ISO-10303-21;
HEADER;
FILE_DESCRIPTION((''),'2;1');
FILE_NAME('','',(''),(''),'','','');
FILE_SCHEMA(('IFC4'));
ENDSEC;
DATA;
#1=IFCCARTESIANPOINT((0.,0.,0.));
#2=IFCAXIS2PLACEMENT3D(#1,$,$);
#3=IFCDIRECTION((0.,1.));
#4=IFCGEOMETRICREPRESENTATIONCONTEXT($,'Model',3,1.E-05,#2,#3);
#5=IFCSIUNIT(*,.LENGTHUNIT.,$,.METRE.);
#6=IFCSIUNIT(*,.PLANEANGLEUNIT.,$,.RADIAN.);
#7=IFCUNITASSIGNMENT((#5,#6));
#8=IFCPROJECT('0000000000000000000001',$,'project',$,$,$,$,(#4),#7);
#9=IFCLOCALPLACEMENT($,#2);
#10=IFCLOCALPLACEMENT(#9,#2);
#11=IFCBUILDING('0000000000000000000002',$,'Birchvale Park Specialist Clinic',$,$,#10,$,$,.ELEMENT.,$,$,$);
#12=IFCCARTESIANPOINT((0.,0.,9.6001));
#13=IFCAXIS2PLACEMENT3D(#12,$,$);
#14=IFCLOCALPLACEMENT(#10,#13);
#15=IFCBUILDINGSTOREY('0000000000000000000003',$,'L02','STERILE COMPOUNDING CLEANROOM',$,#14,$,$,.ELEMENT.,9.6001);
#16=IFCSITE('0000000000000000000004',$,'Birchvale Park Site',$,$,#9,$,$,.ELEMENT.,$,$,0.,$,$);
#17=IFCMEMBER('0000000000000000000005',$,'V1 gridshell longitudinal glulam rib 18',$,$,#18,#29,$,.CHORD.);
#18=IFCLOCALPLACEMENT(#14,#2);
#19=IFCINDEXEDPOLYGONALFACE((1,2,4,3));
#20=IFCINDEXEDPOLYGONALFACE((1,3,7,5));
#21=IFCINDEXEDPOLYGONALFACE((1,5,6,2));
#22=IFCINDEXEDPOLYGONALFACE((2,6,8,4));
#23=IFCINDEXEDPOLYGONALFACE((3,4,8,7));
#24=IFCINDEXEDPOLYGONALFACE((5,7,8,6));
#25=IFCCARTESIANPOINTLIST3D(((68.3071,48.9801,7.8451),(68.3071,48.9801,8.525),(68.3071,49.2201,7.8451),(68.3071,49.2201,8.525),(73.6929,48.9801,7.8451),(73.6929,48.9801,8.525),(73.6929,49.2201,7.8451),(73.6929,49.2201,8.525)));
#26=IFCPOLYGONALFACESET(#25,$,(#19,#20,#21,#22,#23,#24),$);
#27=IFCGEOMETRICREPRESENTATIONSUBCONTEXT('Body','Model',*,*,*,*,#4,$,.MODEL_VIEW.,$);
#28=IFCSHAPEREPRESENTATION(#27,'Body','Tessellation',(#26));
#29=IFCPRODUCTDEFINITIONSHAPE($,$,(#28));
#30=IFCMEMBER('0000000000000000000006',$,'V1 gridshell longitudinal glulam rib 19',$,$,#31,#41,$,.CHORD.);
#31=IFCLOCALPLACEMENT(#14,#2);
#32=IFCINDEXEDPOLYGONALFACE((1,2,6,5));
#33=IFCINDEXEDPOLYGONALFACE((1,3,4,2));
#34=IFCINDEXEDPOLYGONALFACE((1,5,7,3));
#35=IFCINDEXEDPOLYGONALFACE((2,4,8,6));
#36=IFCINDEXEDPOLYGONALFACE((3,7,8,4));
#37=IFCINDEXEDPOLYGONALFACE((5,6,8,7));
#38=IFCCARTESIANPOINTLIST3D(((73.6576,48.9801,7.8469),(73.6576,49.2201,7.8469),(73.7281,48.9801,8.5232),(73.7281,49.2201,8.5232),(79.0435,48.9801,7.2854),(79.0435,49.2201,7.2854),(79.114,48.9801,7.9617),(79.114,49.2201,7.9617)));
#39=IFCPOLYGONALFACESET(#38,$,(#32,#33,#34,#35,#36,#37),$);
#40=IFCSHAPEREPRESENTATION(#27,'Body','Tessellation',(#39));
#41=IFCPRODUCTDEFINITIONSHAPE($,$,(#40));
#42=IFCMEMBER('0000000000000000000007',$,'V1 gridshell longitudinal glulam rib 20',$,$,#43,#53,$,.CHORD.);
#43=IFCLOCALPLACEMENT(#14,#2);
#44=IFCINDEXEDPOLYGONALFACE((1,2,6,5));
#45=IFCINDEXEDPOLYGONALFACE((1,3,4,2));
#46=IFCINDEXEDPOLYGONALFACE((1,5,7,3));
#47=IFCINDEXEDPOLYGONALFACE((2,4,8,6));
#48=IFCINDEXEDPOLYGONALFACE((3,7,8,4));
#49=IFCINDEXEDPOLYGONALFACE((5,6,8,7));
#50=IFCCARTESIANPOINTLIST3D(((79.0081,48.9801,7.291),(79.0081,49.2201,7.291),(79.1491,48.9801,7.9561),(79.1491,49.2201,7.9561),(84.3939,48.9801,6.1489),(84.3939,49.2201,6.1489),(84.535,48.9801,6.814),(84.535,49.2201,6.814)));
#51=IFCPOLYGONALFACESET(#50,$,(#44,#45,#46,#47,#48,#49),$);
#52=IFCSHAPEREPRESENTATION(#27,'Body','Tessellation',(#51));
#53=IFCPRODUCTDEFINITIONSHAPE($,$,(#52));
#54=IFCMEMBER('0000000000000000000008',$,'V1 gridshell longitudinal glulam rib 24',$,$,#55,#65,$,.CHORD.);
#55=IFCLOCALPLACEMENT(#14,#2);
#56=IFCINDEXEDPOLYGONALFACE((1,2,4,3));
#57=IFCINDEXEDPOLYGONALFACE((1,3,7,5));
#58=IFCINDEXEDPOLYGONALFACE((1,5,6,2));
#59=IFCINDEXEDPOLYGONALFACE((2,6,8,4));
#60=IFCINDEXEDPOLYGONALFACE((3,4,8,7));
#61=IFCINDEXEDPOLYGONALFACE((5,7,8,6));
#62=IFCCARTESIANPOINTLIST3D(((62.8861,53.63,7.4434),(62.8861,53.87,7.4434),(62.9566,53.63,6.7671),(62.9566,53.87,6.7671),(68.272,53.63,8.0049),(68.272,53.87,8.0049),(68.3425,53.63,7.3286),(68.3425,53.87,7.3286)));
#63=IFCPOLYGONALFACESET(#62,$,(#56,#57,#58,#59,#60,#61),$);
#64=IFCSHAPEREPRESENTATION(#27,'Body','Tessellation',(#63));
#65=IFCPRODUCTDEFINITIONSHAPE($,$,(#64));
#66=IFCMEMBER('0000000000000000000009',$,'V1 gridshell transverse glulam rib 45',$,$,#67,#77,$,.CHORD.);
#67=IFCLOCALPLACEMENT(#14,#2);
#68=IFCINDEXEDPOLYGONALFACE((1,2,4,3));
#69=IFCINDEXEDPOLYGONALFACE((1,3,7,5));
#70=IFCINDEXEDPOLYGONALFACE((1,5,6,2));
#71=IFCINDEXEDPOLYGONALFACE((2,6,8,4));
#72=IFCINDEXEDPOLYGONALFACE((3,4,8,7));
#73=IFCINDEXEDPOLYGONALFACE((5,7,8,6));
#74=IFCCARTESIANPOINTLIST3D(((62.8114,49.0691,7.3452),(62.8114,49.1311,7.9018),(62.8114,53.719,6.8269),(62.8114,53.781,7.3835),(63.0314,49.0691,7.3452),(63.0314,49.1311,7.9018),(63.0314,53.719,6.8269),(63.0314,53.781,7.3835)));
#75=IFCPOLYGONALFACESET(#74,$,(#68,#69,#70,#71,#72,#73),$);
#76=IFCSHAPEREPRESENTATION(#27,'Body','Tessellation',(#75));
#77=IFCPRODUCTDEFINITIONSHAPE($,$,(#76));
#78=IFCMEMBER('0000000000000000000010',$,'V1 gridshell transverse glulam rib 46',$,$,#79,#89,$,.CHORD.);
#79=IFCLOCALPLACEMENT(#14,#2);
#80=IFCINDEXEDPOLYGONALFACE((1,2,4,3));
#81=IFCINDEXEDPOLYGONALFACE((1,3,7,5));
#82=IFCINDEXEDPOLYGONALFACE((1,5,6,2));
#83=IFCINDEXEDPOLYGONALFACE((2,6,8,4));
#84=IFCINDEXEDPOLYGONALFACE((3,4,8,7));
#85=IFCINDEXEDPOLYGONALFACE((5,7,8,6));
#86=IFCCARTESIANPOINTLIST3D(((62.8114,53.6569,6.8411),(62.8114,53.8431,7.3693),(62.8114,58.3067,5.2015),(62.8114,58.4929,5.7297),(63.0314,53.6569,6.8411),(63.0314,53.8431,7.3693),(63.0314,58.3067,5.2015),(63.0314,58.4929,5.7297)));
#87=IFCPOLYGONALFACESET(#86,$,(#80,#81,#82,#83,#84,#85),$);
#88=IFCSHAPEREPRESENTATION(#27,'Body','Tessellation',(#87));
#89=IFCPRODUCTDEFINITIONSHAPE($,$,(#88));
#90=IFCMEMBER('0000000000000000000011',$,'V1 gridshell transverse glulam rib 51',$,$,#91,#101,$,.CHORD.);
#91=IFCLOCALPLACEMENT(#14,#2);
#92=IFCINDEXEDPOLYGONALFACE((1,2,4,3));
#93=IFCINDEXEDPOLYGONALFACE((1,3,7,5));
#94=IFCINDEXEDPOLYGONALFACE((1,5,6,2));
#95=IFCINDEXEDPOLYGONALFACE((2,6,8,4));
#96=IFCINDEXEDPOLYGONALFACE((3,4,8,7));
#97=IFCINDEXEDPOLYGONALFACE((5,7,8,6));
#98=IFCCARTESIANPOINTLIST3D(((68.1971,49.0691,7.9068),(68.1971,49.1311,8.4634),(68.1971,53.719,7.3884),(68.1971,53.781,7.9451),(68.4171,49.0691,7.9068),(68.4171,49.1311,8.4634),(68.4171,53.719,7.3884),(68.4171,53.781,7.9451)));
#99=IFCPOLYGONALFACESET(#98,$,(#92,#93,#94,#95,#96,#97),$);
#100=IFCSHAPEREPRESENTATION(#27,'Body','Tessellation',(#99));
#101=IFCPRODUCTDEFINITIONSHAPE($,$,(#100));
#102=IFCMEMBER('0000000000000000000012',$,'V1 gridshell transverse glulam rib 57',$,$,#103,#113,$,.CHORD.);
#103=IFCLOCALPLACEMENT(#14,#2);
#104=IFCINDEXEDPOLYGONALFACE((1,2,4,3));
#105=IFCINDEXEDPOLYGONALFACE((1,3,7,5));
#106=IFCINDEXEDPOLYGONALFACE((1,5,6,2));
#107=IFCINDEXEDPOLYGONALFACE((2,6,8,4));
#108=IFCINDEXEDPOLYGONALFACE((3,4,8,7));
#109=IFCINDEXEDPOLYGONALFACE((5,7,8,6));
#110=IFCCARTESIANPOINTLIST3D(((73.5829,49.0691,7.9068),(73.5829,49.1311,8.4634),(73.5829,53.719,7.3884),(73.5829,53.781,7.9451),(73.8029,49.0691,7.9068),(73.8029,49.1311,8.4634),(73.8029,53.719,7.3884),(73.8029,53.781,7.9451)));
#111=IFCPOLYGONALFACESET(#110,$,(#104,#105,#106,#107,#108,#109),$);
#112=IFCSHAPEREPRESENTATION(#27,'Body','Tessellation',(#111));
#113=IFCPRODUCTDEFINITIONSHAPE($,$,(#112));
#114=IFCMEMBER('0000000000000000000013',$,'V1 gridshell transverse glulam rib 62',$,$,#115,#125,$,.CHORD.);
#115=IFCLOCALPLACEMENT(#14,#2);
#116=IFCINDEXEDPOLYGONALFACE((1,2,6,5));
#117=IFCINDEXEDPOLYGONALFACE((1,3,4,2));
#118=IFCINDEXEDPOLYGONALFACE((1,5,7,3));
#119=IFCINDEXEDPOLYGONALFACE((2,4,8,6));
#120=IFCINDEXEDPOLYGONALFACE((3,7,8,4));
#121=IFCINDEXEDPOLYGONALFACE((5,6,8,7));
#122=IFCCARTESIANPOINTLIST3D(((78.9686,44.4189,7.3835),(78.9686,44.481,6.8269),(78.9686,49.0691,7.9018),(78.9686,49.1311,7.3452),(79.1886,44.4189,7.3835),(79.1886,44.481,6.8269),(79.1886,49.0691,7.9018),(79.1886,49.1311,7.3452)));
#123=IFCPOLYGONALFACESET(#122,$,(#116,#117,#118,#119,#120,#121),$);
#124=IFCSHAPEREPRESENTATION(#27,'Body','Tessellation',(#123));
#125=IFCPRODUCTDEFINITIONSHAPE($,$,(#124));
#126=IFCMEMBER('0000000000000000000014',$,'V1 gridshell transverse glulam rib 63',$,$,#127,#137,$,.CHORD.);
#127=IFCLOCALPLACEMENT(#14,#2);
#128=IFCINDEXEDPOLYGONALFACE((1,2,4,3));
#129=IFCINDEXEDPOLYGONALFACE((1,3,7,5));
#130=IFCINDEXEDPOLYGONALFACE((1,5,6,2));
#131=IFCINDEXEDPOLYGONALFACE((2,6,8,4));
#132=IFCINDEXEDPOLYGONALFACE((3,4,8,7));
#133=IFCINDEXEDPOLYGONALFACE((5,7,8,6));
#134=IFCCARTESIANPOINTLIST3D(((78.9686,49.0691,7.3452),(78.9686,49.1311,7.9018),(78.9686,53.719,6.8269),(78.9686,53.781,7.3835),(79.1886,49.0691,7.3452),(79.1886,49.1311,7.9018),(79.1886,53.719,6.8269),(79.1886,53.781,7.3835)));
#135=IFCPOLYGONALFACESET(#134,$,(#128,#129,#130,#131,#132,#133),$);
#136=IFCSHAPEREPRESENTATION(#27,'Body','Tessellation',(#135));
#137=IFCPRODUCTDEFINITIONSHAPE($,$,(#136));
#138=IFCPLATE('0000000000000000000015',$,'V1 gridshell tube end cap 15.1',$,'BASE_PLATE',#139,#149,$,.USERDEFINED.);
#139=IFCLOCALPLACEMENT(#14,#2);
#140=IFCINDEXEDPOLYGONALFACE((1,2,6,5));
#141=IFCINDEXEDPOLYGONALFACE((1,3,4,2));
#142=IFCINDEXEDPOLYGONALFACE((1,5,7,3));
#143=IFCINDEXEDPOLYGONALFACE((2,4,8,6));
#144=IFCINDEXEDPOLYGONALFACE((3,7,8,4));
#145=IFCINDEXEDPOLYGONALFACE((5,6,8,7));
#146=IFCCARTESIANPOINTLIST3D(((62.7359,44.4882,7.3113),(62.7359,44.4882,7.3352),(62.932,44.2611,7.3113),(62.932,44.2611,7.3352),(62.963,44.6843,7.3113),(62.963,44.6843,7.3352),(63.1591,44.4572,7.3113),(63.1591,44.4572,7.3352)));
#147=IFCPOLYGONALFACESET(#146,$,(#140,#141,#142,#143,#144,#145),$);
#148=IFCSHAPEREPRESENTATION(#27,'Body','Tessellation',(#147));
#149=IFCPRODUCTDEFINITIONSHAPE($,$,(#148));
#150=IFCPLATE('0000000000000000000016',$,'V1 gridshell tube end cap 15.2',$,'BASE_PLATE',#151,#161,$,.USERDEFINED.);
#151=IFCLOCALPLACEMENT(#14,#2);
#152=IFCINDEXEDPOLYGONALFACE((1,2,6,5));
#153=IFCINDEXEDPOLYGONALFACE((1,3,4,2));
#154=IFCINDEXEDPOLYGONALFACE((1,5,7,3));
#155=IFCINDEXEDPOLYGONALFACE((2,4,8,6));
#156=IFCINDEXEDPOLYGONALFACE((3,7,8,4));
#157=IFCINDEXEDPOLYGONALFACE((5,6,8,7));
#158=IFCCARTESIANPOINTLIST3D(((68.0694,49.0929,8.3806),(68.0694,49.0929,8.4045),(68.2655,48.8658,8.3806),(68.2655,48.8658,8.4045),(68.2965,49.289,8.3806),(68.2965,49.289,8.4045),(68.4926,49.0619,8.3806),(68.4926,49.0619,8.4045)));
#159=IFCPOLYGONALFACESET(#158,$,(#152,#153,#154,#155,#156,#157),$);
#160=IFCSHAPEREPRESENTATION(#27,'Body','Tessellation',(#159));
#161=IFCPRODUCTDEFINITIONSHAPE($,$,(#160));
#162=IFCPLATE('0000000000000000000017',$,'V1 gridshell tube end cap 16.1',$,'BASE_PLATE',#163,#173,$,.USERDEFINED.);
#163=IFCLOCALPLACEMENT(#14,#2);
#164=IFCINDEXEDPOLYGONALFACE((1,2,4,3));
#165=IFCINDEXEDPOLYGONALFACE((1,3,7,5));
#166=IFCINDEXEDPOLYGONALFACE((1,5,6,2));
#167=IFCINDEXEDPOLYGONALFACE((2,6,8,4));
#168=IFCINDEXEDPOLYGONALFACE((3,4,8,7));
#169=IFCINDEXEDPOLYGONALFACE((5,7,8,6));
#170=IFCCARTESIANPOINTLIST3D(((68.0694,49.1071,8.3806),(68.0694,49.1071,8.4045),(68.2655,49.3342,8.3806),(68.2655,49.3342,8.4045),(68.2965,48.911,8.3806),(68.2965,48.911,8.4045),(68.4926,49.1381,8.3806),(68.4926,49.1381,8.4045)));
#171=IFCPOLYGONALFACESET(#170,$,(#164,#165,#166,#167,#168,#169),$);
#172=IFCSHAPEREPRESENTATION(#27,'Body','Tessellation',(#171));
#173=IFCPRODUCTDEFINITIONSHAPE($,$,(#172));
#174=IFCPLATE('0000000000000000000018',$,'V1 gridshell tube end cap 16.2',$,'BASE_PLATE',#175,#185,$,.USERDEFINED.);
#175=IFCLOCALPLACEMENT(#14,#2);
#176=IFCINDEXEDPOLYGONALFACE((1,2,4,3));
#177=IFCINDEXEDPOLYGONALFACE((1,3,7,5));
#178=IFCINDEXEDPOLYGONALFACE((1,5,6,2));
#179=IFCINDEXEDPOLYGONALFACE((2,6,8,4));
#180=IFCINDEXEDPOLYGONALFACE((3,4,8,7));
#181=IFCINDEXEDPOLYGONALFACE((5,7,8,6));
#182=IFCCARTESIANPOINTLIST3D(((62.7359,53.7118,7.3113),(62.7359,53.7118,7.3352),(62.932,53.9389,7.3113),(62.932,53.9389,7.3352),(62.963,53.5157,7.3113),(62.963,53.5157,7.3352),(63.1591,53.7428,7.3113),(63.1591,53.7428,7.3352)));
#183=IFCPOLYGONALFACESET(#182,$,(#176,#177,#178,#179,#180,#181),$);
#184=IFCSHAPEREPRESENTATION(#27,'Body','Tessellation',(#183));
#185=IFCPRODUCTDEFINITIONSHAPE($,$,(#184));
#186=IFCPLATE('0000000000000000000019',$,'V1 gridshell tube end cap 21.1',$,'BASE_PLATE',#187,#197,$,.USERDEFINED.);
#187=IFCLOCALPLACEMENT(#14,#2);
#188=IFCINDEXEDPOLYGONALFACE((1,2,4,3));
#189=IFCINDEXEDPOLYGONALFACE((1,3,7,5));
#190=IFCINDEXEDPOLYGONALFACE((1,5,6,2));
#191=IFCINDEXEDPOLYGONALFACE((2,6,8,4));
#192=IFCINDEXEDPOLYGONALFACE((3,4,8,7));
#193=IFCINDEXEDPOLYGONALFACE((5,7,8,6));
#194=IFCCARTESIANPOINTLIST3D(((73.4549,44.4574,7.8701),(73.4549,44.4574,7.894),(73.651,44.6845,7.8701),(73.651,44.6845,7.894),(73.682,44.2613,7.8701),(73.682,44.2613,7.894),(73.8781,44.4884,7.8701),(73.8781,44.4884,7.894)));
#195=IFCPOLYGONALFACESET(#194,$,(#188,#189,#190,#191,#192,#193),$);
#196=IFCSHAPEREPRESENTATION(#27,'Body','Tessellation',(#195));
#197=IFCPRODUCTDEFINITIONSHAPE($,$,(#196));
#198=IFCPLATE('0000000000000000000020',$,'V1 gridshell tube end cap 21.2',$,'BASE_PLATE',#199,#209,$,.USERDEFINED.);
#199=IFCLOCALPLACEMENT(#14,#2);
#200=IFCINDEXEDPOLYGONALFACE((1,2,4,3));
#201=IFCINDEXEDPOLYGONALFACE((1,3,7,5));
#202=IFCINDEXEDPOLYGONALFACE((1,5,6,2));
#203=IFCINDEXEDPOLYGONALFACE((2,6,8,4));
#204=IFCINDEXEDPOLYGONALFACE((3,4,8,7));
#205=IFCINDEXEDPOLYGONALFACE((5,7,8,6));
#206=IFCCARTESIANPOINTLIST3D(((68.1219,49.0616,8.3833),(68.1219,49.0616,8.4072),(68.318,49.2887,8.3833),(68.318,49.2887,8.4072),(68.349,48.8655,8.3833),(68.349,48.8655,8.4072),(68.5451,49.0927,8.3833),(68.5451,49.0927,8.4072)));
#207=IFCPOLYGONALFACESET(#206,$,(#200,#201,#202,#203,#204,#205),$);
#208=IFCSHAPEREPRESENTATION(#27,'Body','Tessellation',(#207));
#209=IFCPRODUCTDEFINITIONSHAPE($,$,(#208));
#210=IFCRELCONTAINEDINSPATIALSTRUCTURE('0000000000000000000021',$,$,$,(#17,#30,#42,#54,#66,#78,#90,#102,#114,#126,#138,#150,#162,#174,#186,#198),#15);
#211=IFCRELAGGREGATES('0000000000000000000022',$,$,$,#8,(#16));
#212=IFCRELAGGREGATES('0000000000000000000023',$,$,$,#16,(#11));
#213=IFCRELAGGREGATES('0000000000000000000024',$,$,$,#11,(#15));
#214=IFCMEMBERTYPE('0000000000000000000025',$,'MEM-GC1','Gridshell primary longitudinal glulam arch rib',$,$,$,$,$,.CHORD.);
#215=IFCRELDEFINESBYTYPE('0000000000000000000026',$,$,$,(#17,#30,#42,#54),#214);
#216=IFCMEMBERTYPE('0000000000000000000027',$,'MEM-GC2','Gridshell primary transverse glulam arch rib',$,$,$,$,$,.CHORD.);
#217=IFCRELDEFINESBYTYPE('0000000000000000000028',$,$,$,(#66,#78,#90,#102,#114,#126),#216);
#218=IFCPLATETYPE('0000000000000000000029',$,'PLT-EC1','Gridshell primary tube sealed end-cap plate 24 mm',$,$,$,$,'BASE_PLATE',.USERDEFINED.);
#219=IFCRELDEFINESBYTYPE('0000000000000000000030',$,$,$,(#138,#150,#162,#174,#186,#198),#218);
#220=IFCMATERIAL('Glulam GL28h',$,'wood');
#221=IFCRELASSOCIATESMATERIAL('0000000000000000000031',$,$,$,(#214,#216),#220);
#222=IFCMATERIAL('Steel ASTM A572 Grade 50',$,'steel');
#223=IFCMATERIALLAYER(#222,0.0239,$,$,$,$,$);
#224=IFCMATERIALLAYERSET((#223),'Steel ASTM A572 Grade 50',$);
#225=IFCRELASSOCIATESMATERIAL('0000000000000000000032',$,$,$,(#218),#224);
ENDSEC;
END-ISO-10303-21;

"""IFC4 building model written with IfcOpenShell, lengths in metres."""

from ifc_helpers import new_model, si_unit, direction, frame, origin, origin_2d, place, context, subcontext, project, spatial, rectangle, extrude, material, layer, layer_set, material_profile, profile_set, type_object, element, save


model = new_model("IFC4")

# Units and contexts
model_context = context("Model", 3, precision=1e-05, world=origin(), true_north=direction((0.0, 1.0)))
body_context = subcontext(model_context, "Body", "Model", "MODEL_VIEW")
ifc_project = project(units=[si_unit("LENGTHUNIT", "METRE"), si_unit("PLANEANGLEUNIT", "RADIAN")], contexts=[model_context])

# Site, building, storey
site_placement = place(None, origin())
site = spatial("IfcSite", under=ifc_project, at=site_placement, Name="Birchvale Park Site", CompositionType="ELEMENT", RefElevation=0.0)
building_placement = place(site_placement, origin())
building = spatial("IfcBuilding", under=site, at=building_placement, Name="Birchvale Park Specialist Clinic", CompositionType="ELEMENT")
storey_placement = place(building_placement, frame((0.0, 0.0, 9.6001)))
storey = spatial("IfcBuildingStorey", under=building, at=storey_placement, Name="L02", Description="STERILE COMPOUNDING CLEANROOM", CompositionType="ELEMENT", Elevation=9.6001)

# Members
ifc_material_1 = material(Name="Glulam GL28h", Category="wood")
ifc_material_profile_1 = material_profile(ifc_material_1, rectangle(XDim=0.24, YDim=0.6799, at=origin_2d()), Name="GL-240x680")
ifc_profile_set_1 = profile_set([ifc_material_profile_1], Name="Glulam GL28h")
member_type_1 = type_object("IfcMemberType", Name="MEM-GC1", Description="Gridshell primary longitudinal glulam arch rib", PredefinedType="CHORD", material=ifc_profile_set_1)
member_1_placement = place(storey_placement, frame((68.3071, 49.1001, 8.1851), z_axis=(1.0, 0.0, 0.0), x_axis=(0.0, 1.0, 0.0)))
element("IfcMember", 1, at=member_1_placement, inside=storey, type_object=member_type_1, Name="V1 gridshell longitudinal glulam rib 18", PredefinedType="CHORD", context=body_context, shape_type="SweptSolid", body=[
    extrude(rectangle(XDim=0.24, YDim=0.6799, at=origin_2d()), origin(), (0.0, 0.0, 1.0), 5.3857),
])
member_2_placement = place(storey_placement, frame((73.6929, 49.1001, 8.1851), z_axis=(0.994609, 0.0, -0.103699), x_axis=(0.0, 1.0, 0.0)))
element("IfcMember", 2, at=member_2_placement, inside=storey, type_object=member_type_1, Name="V1 gridshell longitudinal glulam rib 19", PredefinedType="CHORD", context=body_context, shape_type="SweptSolid", body=[
    extrude(rectangle(XDim=0.24, YDim=0.6799, at=origin_2d()), origin(), (0.0, 0.0, 1.0), 5.415),
])
member_3_placement = place(storey_placement, frame((79.0786, 49.1001, 7.6235), z_axis=(0.978247, 0.0, -0.207445), x_axis=(0.0, 1.0, 0.0)))
element("IfcMember", 3, at=member_3_placement, inside=storey, type_object=member_type_1, Name="V1 gridshell longitudinal glulam rib 20", PredefinedType="CHORD", context=body_context, shape_type="SweptSolid", body=[
    extrude(rectangle(XDim=0.24, YDim=0.6799, at=origin_2d()), origin(), (0.0, 0.0, 1.0), 5.5056),
])
member_4_placement = place(storey_placement, frame((62.9214, 53.75, 7.1052), z_axis=(0.994609, 0.0, 0.103699), x_axis=(0.0, 1.0, 0.0)))
element("IfcMember", 4, at=member_4_placement, inside=storey, type_object=member_type_1, Name="V1 gridshell longitudinal glulam rib 24", PredefinedType="CHORD", context=body_context, shape_type="SweptSolid", body=[
    extrude(rectangle(XDim=0.24, YDim=0.6799, at=origin_2d()), origin(), (0.0, 0.0, 1.0), 5.415),
])
ifc_material_profile_2 = material_profile(ifc_material_1, rectangle(XDim=0.22, YDim=0.5601, at=origin_2d()), Name="GL-220x560")
ifc_profile_set_2 = profile_set([ifc_material_profile_2], Name="Glulam GL28h")
member_type_2 = type_object("IfcMemberType", Name="MEM-GC2", Description="Gridshell primary transverse glulam arch rib", PredefinedType="CHORD", material=ifc_profile_set_2)
member_5_placement = place(storey_placement, frame((62.9214, 49.1001, 7.6235), z_axis=(0.0, 0.993845, -0.110781), x_axis=(-1.0, 0.0, 0.0)))
element("IfcMember", 5, at=member_5_placement, inside=storey, type_object=member_type_2, Name="V1 gridshell transverse glulam rib 45", PredefinedType="CHORD", context=body_context, shape_type="SweptSolid", body=[
    extrude(rectangle(XDim=0.22, YDim=0.5601, at=origin_2d()), origin(), (0.0, 0.0, 1.0), 4.6787),
])
member_6_placement = place(storey_placement, frame((62.9214, 53.75, 7.1052), z_axis=(0.0, 0.943085, -0.332551), x_axis=(-1.0, 0.0, 0.0)))
element("IfcMember", 6, at=member_6_placement, inside=storey, type_object=member_type_2, Name="V1 gridshell transverse glulam rib 46", PredefinedType="CHORD", context=body_context, shape_type="SweptSolid", body=[
    extrude(rectangle(XDim=0.22, YDim=0.5601, at=origin_2d()), origin(), (0.0, 0.0, 1.0), 4.9304),
])
for number, where, z_axis, x_axis, name in (
    (7, (68.3071, 49.1001, 8.1851), (0.0, 0.993845, -0.110781), (-1.0, 0.0, 0.0), "V1 gridshell transverse glulam rib 51"),
    (8, (73.6929, 49.1001, 8.1851), (0.0, 0.993845, -0.110781), (-1.0, 0.0, 0.0), "V1 gridshell transverse glulam rib 57"),
):
    element("IfcMember", number, at=place(storey_placement, frame(where, z_axis=z_axis, x_axis=x_axis)), inside=storey, type_object=member_type_2, Name=name, PredefinedType="CHORD", context=body_context, shape_type="SweptSolid", body=[
        extrude(rectangle(XDim=0.22, YDim=0.5601, at=origin_2d()), origin(), (0.0, 0.0, 1.0), 4.6787),
    ])
member_7_placement = place(storey_placement, frame((79.0786, 44.45, 7.1052), z_axis=(0.0, 0.993845, 0.110775), x_axis=(-1.0, 0.0, 0.0)))
element("IfcMember", 9, at=member_7_placement, inside=storey, type_object=member_type_2, Name="V1 gridshell transverse glulam rib 62", PredefinedType="CHORD", context=body_context, shape_type="SweptSolid", body=[
    extrude(rectangle(XDim=0.22, YDim=0.5601, at=origin_2d()), origin(), (0.0, 0.0, 1.0), 4.679),
])
member_8_placement = place(storey_placement, frame((79.0786, 49.1001, 7.6235), z_axis=(0.0, 0.993845, -0.110781), x_axis=(-1.0, 0.0, 0.0)))
element("IfcMember", 10, at=member_8_placement, inside=storey, type_object=member_type_2, Name="V1 gridshell transverse glulam rib 63", PredefinedType="CHORD", context=body_context, shape_type="SweptSolid", body=[
    extrude(rectangle(XDim=0.22, YDim=0.5601, at=origin_2d()), origin(), (0.0, 0.0, 1.0), 4.6787),
])

# Plates
ifc_material_2 = material(Name="Steel ASTM A572 Grade 50", Category="steel")
ifc_layer_1 = layer(ifc_material_2, 0.0239)
ifc_layer_set_1 = layer_set([ifc_layer_1], Name="Steel ASTM A572 Grade 50")
plate_type_1 = type_object("IfcPlateType", Name="PLT-EC1", Description="Gridshell primary tube sealed end-cap plate 24 mm", ElementType="BASE_PLATE", PredefinedType="USERDEFINED", material=ifc_layer_set_1)
for number, where, z_axis, x_axis, name in (
    (11, (62.9475, 44.4727, 7.3113), (0.0, 0.0, 1.0), (0.756881, 0.653553, 0.0), "V1 gridshell tube end cap 15.1"),
    (12, (68.281, 49.0774, 8.3806), (0.0, 0.0, 1.0), (0.756881, 0.653553, 0.0), "V1 gridshell tube end cap 15.2"),
    (13, (68.281, 49.1226, 8.3806), (0.0, 0.0, 1.0), (-0.756881, 0.653553, 0.0), "V1 gridshell tube end cap 16.1"),
    (14, (62.9475, 53.7273, 7.3113), (0.0, 0.0, 1.0), (-0.756881, 0.653553, 0.0), "V1 gridshell tube end cap 16.2"),
    (15, (73.6665, 44.4729, 7.8701), (0.0, 0.0, 1.0), (-0.756881, 0.653553, 0.0), "V1 gridshell tube end cap 21.1"),
    (16, (68.3335, 49.0771, 8.3833), (0.0, 0.0, 1.0), (-0.756881, 0.653553, 0.0), "V1 gridshell tube end cap 21.2"),
):
    element("IfcPlate", number, at=place(storey_placement, frame(where, z_axis=z_axis, x_axis=x_axis)), inside=storey, type_object=plate_type_1, Name=name, ObjectType="BASE_PLATE", PredefinedType="USERDEFINED", context=body_context, shape_type="SweptSolid", body=[
        extrude(rectangle(XDim=0.3, YDim=0.3, at=origin_2d()), origin(), (0.0, 0.0, 1.0), 0.0239),
    ])

save(model, "model.ifc")
